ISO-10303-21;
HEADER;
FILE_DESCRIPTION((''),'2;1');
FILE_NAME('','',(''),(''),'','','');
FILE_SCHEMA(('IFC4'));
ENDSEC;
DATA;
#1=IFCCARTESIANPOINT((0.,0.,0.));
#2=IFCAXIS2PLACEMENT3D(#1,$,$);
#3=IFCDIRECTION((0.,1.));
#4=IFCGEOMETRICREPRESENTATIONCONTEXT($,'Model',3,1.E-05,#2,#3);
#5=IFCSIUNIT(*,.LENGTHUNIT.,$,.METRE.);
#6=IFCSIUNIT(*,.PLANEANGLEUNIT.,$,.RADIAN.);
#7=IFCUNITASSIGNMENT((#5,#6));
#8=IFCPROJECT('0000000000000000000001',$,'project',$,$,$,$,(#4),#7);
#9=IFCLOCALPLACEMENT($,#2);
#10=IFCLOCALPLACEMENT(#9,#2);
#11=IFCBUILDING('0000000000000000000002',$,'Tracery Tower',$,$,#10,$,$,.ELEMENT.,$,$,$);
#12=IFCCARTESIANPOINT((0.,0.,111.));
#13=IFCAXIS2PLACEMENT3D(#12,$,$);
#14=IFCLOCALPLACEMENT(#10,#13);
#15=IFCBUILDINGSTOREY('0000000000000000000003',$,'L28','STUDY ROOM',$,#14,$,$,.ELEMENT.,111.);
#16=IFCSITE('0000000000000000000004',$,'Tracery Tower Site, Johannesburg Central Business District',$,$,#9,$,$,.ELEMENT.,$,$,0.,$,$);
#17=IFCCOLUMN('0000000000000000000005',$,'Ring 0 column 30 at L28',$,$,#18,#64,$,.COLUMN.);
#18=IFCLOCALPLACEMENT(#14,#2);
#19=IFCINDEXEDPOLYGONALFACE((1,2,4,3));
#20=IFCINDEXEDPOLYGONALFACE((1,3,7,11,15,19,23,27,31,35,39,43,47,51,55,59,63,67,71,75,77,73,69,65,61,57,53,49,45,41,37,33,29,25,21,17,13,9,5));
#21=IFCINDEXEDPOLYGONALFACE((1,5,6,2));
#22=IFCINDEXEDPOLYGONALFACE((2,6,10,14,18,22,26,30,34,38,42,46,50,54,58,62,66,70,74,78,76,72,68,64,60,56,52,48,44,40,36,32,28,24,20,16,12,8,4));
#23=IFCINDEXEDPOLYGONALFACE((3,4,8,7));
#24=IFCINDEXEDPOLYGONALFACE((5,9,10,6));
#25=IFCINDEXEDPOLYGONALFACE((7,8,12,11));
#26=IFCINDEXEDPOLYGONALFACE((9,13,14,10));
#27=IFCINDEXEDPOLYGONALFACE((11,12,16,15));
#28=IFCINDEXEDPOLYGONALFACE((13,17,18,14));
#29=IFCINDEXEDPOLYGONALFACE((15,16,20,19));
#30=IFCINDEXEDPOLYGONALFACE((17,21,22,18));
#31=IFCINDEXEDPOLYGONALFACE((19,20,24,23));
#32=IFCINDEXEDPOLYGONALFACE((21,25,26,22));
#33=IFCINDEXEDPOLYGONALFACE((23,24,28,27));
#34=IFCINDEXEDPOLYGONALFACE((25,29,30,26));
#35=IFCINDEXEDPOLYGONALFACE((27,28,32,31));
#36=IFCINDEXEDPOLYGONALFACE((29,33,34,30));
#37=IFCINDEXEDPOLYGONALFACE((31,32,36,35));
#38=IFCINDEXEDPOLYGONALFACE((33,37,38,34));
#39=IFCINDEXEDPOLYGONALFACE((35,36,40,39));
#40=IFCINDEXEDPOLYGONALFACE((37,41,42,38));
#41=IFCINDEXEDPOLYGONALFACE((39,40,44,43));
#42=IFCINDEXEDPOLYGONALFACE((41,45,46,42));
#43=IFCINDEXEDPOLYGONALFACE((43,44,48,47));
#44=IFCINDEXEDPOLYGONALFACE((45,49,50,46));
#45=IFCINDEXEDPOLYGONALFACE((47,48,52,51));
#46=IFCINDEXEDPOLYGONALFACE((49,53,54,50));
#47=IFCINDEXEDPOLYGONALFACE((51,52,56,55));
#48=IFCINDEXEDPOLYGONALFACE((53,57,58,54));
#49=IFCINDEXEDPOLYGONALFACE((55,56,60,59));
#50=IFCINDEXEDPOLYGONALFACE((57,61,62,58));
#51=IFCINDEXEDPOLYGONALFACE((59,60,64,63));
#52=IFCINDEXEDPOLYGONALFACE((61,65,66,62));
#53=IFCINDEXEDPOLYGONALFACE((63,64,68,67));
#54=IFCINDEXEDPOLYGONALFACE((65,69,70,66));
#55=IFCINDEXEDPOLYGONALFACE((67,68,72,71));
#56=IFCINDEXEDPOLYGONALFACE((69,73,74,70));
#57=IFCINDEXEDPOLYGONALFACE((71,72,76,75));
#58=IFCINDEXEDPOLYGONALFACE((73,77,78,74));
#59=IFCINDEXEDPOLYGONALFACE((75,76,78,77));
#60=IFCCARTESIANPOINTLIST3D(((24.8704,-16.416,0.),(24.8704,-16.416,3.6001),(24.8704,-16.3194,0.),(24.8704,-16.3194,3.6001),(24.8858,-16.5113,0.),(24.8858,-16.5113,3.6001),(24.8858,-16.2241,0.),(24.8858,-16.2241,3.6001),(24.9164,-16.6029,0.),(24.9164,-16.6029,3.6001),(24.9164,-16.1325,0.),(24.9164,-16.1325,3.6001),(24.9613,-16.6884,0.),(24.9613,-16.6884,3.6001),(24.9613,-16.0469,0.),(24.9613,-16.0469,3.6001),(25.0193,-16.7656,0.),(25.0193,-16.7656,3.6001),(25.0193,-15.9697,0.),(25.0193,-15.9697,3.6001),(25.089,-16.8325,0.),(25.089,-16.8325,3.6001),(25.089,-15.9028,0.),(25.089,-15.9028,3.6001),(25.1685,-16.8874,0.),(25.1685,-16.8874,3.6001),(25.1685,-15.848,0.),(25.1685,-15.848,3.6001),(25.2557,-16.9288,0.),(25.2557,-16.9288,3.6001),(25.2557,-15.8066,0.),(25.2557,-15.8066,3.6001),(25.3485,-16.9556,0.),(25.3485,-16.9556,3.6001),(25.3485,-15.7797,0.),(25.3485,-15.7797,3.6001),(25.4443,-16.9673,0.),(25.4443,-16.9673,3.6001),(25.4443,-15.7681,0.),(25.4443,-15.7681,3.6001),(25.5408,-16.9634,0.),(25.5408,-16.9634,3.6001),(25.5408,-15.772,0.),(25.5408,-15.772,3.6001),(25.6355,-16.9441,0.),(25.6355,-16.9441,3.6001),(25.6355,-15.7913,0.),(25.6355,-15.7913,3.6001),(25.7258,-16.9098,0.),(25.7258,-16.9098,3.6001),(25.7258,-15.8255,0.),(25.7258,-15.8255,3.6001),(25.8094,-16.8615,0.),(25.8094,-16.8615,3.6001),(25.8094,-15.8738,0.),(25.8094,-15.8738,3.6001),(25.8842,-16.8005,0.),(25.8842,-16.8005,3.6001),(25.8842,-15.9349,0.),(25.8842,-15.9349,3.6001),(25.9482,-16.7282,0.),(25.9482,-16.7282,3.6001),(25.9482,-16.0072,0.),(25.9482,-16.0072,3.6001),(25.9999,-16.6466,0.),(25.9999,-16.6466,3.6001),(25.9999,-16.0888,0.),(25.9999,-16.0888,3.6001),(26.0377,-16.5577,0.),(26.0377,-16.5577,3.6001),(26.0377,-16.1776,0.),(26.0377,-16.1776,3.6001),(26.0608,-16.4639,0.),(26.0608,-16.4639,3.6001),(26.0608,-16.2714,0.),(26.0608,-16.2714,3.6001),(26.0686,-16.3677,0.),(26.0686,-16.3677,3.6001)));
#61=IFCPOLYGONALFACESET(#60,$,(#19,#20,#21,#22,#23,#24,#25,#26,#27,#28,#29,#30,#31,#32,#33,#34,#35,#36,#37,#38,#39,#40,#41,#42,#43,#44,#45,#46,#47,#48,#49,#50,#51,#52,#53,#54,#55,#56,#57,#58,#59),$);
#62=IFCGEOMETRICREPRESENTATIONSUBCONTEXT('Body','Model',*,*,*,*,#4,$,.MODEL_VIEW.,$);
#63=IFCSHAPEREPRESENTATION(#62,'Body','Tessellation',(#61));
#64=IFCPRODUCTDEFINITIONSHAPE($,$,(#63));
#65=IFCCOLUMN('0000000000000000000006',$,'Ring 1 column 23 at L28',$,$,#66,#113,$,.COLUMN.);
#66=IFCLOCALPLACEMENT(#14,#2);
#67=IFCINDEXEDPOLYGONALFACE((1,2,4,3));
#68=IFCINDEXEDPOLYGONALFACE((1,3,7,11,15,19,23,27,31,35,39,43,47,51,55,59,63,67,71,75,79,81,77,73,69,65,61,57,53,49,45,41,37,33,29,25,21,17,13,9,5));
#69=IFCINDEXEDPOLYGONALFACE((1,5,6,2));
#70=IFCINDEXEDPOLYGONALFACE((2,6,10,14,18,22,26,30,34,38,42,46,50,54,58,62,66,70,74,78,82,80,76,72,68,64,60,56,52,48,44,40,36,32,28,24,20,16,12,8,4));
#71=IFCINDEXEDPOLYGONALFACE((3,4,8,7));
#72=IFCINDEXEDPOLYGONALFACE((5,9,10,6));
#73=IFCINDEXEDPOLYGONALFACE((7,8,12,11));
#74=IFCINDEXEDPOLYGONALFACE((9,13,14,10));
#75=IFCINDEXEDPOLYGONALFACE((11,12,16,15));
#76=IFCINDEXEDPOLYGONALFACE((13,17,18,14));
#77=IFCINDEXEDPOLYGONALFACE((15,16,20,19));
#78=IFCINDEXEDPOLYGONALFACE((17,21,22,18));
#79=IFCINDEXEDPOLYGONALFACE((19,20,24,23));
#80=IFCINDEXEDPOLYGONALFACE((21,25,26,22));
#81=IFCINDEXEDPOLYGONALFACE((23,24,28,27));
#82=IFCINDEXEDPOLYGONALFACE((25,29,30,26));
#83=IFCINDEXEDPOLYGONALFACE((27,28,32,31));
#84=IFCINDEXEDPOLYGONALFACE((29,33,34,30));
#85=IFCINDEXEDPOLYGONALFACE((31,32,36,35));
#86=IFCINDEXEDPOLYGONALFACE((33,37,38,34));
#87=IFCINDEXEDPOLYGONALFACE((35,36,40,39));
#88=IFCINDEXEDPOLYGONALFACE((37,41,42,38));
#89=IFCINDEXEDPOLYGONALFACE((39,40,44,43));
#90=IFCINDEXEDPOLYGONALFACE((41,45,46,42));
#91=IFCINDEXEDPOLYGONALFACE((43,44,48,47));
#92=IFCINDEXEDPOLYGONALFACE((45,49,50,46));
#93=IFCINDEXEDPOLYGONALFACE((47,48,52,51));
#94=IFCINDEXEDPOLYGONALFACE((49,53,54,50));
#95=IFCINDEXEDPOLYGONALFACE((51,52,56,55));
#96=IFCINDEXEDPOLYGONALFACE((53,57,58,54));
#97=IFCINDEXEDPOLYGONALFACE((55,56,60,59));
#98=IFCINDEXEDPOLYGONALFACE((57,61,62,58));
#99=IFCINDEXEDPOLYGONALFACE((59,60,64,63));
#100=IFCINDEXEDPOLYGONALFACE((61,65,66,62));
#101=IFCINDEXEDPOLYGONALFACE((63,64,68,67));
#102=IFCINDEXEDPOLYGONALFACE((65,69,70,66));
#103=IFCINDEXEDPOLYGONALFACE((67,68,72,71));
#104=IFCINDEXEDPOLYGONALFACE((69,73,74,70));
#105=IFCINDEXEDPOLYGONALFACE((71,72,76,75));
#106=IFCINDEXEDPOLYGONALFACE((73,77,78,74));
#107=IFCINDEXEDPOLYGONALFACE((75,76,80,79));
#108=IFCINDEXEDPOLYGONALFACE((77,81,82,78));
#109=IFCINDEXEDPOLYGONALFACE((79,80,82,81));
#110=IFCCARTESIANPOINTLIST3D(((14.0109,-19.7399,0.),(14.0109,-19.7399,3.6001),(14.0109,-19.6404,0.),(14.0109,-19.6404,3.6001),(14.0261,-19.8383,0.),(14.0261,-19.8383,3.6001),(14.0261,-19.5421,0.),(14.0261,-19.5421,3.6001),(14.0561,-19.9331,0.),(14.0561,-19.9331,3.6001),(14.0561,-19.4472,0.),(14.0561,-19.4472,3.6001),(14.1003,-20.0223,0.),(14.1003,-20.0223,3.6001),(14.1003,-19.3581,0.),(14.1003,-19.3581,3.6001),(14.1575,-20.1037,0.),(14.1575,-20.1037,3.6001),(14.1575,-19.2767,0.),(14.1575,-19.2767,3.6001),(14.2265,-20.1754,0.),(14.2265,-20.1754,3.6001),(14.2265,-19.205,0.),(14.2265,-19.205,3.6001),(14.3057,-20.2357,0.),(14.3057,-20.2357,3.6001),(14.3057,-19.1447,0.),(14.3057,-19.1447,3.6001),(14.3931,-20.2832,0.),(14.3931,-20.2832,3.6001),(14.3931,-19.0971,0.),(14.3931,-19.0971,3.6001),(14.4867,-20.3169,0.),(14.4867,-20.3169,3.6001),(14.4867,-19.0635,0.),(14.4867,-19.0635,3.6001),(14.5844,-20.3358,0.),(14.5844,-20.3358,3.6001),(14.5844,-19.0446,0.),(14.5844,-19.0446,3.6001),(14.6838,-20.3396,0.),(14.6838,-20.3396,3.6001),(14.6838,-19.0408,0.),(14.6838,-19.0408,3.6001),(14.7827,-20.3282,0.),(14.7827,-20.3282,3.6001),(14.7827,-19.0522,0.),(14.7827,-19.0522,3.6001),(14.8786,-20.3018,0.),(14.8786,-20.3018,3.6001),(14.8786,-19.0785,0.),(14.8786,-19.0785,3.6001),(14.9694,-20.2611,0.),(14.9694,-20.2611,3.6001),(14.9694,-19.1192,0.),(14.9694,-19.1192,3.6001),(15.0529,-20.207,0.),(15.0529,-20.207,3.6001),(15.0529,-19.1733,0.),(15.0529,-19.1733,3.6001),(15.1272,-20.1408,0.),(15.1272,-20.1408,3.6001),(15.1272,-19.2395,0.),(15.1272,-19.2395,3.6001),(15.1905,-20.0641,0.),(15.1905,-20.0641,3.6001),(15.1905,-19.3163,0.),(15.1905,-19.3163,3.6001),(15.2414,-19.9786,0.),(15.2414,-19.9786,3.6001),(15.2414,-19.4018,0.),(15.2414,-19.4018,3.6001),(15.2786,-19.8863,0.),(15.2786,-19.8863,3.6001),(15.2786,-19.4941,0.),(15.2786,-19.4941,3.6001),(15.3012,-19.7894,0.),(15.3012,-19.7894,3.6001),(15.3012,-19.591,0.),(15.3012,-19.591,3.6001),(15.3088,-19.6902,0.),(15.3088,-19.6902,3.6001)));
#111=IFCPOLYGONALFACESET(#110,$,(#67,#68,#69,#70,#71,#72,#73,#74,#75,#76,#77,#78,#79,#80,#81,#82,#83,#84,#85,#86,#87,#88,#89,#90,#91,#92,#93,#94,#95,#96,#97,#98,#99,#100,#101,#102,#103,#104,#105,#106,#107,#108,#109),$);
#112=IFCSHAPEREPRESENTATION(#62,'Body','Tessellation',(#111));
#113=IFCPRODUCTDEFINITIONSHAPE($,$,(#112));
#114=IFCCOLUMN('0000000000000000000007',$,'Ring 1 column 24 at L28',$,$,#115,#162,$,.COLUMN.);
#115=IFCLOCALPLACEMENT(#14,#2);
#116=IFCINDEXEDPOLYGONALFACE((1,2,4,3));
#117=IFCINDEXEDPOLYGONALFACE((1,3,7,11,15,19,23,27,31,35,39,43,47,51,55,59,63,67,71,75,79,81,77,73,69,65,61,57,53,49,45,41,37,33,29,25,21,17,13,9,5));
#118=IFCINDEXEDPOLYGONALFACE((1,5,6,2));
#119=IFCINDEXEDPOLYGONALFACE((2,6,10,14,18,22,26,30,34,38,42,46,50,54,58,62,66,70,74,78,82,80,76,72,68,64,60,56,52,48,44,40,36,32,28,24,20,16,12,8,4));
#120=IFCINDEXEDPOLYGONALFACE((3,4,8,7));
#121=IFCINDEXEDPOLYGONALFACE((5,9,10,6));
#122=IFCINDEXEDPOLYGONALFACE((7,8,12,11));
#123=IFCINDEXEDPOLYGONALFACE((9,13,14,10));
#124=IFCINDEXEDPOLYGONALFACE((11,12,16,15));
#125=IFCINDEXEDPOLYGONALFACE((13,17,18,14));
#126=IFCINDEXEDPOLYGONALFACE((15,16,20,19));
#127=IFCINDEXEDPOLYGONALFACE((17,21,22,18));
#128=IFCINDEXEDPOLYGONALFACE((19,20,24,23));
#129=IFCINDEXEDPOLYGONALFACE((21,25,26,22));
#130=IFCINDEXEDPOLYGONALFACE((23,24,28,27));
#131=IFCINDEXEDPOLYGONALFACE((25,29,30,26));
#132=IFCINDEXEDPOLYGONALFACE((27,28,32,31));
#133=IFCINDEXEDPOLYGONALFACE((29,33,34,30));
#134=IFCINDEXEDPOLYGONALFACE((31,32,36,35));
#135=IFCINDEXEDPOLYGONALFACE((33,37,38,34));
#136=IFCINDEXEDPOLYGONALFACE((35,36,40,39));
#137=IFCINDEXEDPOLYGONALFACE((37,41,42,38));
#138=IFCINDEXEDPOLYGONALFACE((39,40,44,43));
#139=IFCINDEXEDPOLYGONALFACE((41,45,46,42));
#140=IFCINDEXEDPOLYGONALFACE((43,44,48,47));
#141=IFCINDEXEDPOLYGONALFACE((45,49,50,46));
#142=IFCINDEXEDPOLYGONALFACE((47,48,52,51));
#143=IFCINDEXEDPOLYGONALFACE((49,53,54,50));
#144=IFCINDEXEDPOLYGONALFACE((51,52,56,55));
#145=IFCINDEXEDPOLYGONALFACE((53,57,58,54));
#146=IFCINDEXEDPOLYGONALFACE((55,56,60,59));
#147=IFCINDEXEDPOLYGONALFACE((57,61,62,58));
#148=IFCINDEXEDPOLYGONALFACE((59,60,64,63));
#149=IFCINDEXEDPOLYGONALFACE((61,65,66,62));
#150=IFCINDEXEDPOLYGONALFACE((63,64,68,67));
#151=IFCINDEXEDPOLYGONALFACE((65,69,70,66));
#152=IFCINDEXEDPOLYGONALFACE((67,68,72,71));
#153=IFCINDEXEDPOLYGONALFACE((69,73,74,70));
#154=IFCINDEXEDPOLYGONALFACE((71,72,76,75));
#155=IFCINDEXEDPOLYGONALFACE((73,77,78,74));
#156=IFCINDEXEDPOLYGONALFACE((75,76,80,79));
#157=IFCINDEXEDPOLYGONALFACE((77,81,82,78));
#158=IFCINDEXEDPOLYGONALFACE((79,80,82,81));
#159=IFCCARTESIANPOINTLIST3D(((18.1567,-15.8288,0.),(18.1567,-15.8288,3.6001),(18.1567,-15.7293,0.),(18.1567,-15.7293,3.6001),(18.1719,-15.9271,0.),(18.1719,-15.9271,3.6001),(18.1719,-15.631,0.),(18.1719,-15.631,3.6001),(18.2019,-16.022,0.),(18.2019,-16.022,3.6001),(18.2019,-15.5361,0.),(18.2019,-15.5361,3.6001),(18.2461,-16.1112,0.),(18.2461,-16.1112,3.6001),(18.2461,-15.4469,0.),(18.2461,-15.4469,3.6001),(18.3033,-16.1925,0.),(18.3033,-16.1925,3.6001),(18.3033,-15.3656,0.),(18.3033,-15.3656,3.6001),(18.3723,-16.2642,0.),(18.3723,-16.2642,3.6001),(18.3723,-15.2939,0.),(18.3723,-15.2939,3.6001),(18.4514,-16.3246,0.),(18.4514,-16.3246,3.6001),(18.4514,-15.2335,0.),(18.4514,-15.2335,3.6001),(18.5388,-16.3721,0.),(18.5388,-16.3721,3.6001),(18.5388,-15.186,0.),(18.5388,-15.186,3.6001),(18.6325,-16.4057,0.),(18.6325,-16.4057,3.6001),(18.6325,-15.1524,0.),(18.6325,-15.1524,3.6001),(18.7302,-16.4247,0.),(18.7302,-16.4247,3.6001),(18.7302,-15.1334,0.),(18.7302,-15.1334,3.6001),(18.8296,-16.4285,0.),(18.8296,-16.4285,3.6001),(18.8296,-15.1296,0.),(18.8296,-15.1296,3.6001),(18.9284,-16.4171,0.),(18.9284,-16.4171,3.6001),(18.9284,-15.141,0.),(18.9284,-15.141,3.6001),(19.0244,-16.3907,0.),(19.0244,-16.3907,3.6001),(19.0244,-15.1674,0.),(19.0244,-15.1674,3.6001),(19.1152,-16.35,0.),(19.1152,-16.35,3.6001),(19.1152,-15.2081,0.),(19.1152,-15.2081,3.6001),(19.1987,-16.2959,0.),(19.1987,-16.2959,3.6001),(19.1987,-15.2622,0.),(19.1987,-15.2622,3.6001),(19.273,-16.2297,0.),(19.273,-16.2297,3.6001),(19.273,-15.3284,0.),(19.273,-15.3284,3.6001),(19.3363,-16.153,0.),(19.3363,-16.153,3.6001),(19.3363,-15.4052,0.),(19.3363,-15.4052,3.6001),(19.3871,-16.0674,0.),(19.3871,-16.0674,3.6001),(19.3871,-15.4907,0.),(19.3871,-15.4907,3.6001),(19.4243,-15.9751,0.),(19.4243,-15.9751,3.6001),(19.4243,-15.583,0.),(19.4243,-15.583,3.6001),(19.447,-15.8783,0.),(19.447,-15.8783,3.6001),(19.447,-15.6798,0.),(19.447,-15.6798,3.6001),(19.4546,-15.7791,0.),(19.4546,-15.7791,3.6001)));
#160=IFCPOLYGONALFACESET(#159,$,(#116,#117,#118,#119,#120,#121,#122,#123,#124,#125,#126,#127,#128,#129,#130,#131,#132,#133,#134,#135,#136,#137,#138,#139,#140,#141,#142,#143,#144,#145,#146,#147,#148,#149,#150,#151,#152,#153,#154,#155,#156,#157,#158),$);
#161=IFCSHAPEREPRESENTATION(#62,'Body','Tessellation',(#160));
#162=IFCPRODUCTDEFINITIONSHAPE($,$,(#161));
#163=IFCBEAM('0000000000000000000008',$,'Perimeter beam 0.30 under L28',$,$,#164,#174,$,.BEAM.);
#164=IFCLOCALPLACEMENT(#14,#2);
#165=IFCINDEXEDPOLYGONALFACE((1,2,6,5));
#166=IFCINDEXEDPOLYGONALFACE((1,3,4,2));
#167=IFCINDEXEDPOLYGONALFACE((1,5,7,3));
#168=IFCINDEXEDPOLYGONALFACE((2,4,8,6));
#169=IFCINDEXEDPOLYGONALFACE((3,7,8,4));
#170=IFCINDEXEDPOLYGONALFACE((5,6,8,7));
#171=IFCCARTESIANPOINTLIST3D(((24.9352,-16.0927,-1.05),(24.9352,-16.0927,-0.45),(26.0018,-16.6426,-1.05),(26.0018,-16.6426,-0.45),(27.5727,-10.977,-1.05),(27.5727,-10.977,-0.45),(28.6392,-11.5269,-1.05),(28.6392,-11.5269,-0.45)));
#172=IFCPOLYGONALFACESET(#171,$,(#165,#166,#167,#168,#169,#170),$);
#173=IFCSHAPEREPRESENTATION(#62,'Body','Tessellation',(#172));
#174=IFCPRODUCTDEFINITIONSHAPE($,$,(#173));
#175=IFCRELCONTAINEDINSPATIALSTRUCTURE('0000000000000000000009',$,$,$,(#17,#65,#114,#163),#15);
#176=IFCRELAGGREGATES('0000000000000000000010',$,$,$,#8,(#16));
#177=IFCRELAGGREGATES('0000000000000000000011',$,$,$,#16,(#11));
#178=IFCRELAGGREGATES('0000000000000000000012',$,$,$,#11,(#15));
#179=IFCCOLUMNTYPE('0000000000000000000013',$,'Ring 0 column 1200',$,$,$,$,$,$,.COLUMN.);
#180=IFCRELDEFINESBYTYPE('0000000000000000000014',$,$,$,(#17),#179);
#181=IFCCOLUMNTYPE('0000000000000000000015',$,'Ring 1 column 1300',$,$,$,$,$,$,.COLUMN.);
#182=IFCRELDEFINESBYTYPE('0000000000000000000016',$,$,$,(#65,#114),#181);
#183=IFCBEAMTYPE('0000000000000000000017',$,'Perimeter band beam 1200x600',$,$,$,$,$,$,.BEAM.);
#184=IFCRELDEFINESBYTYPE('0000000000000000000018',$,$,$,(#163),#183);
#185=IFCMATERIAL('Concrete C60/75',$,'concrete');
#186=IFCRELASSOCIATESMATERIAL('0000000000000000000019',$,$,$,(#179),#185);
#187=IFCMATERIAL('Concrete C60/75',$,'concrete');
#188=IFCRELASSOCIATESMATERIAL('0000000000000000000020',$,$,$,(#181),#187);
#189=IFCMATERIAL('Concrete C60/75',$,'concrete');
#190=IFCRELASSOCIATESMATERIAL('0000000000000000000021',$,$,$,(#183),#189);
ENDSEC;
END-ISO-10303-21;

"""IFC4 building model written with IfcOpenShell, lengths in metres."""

from ifc_helpers import new_model, si_unit, direction, frame, origin, origin_2d, place, context, subcontext, project, spatial, rectangle, circle, extrude, material, material_profile, profile_set, type_object, element, save


model = new_model("IFC4")

# Units and contexts
model_context = context("Model", 3, precision=1e-05, world=origin(), true_north=direction((0.0, 1.0)))
body_context = subcontext(model_context, "Body", "Model", "MODEL_VIEW")
ifc_project = project(units=[si_unit("LENGTHUNIT", "METRE"), si_unit("PLANEANGLEUNIT", "RADIAN")], contexts=[model_context])

# Site, building, storey
site_placement = place(None, origin())
site = spatial("IfcSite", under=ifc_project, at=site_placement, Name="Tracery Tower Site, Johannesburg Central Business District", CompositionType="ELEMENT", RefElevation=0.0)
building_placement = place(site_placement, origin())
building = spatial("IfcBuilding", under=site, at=building_placement, Name="Tracery Tower", CompositionType="ELEMENT")
storey_placement = place(building_placement, frame((0.0, 0.0, 111.0)))
storey = spatial("IfcBuildingStorey", under=building, at=storey_placement, Name="L28", Description="STUDY ROOM", CompositionType="ELEMENT", Elevation=111.0)

# Columns
ifc_material_1 = material(Name="Concrete C60/75", Category="concrete")
ifc_material_profile_1 = material_profile(ifc_material_1, circle(Radius=0.6001, at=origin_2d()), Name="RC D1200")
ifc_profile_set_1 = profile_set([ifc_material_profile_1], Name="Concrete C60/75")
column_type_1 = type_object("IfcColumnType", Name="Ring 0 column 1200", PredefinedType="COLUMN", material=ifc_profile_set_1)
column_placement = place(storey_placement, frame((25.4685, -16.3677, 0.0), z_axis=(0.0, 0.0, 1.0), x_axis=(1.0, 0.0, 0.0)))
element("IfcColumn", 1, at=column_placement, inside=storey, type_object=column_type_1, Name="Ring 0 column 30 at L28", PredefinedType="COLUMN", context=body_context, shape_type="SweptSolid", body=[
    extrude(circle(Radius=0.6001, at=origin_2d()), origin(), (0.0, 0.0, 1.0), 3.6001),
])
ifc_material_2 = material(Name="Concrete C60/75", Category="concrete")
ifc_material_profile_2 = material_profile(ifc_material_2, circle(Radius=0.6499, at=origin_2d()), Name="RC D1300")
ifc_profile_set_2 = profile_set([ifc_material_profile_2], Name="Concrete C60/75")
column_type_2 = type_object("IfcColumnType", Name="Ring 1 column 1300", PredefinedType="COLUMN", material=ifc_profile_set_2)
for number, where, z_axis, x_axis, name in (
    (2, (14.6589, -19.6902, 0.0), (0.0, 0.0, 1.0), (1.0, 0.0, 0.0), "Ring 1 column 23 at L28"),
    (3, (18.8047, -15.7791, 0.0), (0.0, 0.0, 1.0), (1.0, 0.0, 0.0), "Ring 1 column 24 at L28"),
):
    element("IfcColumn", number, at=place(storey_placement, frame(where, z_axis=z_axis, x_axis=x_axis)), inside=storey, type_object=column_type_2, Name=name, PredefinedType="COLUMN", context=body_context, shape_type="SweptSolid", body=[
        extrude(circle(Radius=0.6499, at=origin_2d()), origin(), (0.0, 0.0, 1.0), 3.6001),
    ])

# Beam
ifc_material_3 = material(Name="Concrete C60/75", Category="concrete")
ifc_material_profile_3 = material_profile(ifc_material_3, rectangle(XDim=1.2, YDim=0.6001, at=origin_2d()), Name="RC 1200x600")
ifc_profile_set_3 = profile_set([ifc_material_profile_3], Name="Concrete C60/75")
beam_type = type_object("IfcBeamType", Name="Perimeter band beam 1200x600", PredefinedType="BEAM", material=ifc_profile_set_3)
beam_placement = place(storey_placement, frame((25.4685, -16.3677, -0.75), z_axis=(0.458242, 0.888827, 0.0), x_axis=(-0.888827, 0.458242, 0.0)))
element("IfcBeam", 4, at=beam_placement, inside=storey, type_object=beam_type, Name="Perimeter beam 0.30 under L28", PredefinedType="BEAM", context=body_context, shape_type="SweptSolid", body=[
    extrude(rectangle(XDim=1.2, YDim=0.6001, at=origin_2d()), origin(), (0.0, 0.0, 1.0), 5.7556),
])

save(model, "model.ifc")
